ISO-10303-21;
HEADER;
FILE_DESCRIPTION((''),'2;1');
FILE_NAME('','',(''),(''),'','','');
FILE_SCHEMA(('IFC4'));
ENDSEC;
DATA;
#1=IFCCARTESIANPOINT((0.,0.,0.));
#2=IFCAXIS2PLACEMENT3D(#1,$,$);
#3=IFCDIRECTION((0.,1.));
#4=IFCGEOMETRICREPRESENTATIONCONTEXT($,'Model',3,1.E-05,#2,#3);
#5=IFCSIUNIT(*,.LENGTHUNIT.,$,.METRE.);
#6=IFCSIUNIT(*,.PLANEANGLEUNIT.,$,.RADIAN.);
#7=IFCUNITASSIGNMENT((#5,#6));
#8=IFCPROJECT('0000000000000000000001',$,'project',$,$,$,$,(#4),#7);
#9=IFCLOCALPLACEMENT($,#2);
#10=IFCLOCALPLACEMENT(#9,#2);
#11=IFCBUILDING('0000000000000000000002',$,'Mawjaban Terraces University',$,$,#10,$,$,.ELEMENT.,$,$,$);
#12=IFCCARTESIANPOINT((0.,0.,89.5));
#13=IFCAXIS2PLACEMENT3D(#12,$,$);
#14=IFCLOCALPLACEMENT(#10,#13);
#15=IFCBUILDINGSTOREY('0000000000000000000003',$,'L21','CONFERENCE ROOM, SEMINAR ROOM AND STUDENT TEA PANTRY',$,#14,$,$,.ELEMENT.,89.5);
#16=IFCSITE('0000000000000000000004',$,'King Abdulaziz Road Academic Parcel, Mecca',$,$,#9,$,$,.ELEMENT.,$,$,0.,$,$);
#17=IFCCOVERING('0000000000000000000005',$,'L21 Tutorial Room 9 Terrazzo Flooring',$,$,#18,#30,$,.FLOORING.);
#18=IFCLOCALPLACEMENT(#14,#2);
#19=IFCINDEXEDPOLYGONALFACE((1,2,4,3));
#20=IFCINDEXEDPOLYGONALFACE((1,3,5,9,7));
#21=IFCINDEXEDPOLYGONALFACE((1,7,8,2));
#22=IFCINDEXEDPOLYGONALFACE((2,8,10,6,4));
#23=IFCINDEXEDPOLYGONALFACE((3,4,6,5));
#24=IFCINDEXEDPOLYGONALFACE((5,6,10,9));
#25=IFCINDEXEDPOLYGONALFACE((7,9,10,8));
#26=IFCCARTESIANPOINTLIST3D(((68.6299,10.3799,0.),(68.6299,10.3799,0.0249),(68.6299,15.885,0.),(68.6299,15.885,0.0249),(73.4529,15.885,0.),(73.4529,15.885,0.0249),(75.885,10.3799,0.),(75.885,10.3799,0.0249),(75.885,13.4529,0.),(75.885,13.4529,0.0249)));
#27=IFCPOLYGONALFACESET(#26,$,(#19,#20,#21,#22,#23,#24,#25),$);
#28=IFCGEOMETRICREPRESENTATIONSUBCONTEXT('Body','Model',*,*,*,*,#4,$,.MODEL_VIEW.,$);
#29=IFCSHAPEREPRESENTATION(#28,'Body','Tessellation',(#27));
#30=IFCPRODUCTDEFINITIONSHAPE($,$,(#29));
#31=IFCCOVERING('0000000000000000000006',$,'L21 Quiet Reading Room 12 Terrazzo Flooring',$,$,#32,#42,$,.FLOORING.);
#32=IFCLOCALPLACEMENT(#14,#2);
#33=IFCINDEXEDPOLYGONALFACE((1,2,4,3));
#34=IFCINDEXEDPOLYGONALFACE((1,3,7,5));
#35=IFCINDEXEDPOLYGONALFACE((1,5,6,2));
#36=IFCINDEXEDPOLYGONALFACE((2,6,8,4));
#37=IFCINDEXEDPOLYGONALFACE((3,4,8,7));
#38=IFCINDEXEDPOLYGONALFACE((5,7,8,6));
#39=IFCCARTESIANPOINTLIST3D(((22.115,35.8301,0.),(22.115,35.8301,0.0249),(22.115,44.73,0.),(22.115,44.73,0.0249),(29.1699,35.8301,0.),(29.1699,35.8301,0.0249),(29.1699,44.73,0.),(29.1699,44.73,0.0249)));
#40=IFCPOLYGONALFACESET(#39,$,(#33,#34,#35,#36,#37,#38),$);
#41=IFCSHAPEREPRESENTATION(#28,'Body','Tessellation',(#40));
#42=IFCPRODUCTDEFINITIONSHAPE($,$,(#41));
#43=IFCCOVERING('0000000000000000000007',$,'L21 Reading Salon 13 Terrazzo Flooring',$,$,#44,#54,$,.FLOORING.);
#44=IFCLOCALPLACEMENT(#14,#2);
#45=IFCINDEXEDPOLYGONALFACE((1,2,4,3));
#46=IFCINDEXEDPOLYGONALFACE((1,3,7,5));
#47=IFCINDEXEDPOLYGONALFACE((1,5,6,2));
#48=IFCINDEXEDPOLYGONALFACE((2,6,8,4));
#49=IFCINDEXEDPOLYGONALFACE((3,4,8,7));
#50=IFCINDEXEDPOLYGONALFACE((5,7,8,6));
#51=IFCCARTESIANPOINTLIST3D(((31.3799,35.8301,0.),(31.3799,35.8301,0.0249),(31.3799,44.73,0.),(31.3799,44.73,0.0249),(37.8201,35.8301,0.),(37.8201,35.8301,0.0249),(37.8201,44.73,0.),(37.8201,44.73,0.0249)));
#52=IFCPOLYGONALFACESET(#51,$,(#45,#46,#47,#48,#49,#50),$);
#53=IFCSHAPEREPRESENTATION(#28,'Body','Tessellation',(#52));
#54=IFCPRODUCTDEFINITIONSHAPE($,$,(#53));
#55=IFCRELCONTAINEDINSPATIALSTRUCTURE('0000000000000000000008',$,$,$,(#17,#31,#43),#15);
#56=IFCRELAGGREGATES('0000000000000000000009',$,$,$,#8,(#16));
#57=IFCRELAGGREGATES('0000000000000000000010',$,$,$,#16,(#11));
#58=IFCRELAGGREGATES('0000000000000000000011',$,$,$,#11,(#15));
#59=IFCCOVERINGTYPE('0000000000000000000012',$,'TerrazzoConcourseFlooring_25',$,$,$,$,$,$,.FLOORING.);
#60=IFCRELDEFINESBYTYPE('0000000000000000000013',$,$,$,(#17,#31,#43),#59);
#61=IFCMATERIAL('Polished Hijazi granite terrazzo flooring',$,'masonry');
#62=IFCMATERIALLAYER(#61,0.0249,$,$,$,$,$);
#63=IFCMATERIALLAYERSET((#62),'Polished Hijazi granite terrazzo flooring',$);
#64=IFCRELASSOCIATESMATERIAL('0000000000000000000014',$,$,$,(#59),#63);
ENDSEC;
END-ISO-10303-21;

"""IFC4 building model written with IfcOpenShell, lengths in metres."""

from ifc_helpers import new_model, si_unit, direction, frame, origin, place, context, subcontext, project, spatial, polyline, outline, extrude, material, layer, layer_set, type_object, element, save


model = new_model("IFC4")

# Units and contexts
model_context = context("Model", 3, precision=1e-05, world=origin(), true_north=direction((0.0, 1.0)))
body_context = subcontext(model_context, "Body", "Model", "MODEL_VIEW")
ifc_project = project(units=[si_unit("LENGTHUNIT", "METRE"), si_unit("PLANEANGLEUNIT", "RADIAN")], contexts=[model_context])

# Site, building, storey
site_placement = place(None, origin())
site = spatial("IfcSite", under=ifc_project, at=site_placement, Name="King Abdulaziz Road Academic Parcel, Mecca", CompositionType="ELEMENT", RefElevation=0.0)
building_placement = place(site_placement, origin())
building = spatial("IfcBuilding", under=site, at=building_placement, Name="Mawjaban Terraces University", CompositionType="ELEMENT")
storey_placement = place(building_placement, frame((0.0, 0.0, 89.5)))
storey = spatial("IfcBuildingStorey", under=building, at=storey_placement, Name="L21", Description="CONFERENCE ROOM, SEMINAR ROOM AND STUDENT TEA PANTRY", CompositionType="ELEMENT", Elevation=89.5)

# Coverings
ifc_material_1 = material(Name="Polished Hijazi granite terrazzo flooring", Category="masonry")
ifc_layer_1 = layer(ifc_material_1, 0.0249)
ifc_layer_set_1 = layer_set([ifc_layer_1], Name="Polished Hijazi granite terrazzo flooring")
covering_type_1 = type_object("IfcCoveringType", Name="TerrazzoConcourseFlooring_25", PredefinedType="FLOORING", material=ifc_layer_set_1)
covering_1_placement = place(storey_placement, origin())
element("IfcCovering", 1, at=covering_1_placement, inside=storey, type_object=covering_type_1, Name="L21 Tutorial Room 9 Terrazzo Flooring", PredefinedType="FLOORING", context=body_context, shape_type="SweptSolid", body=[
    extrude(outline(polyline([(75.885, 10.3799), (75.885, 13.4529), (73.4529, 15.885), (68.6299, 15.885), (68.6299, 10.3799), (75.885, 10.3799)])), origin(), (0.0, 0.0, 1.0), 0.0249),
])
covering_2_placement = place(storey_placement, origin())
element("IfcCovering", 2, at=covering_2_placement, inside=storey, type_object=covering_type_1, Name="L21 Quiet Reading Room 12 Terrazzo Flooring", PredefinedType="FLOORING", context=body_context, shape_type="SweptSolid", body=[
    extrude(outline(polyline([(22.115, 44.73), (22.115, 35.8301), (29.1699, 35.8301), (29.1699, 44.73), (22.115, 44.73)])), origin(), (0.0, 0.0, 1.0), 0.0249),
])
covering_3_placement = place(storey_placement, origin())
element("IfcCovering", 3, at=covering_3_placement, inside=storey, type_object=covering_type_1, Name="L21 Reading Salon 13 Terrazzo Flooring", PredefinedType="FLOORING", context=body_context, shape_type="SweptSolid", body=[
    extrude(outline(polyline([(37.8201, 35.8301), (37.8201, 44.73), (31.3799, 44.73), (31.3799, 35.8301), (37.8201, 35.8301)])), origin(), (0.0, 0.0, 1.0), 0.0249),
])

save(model, "model.ifc")
